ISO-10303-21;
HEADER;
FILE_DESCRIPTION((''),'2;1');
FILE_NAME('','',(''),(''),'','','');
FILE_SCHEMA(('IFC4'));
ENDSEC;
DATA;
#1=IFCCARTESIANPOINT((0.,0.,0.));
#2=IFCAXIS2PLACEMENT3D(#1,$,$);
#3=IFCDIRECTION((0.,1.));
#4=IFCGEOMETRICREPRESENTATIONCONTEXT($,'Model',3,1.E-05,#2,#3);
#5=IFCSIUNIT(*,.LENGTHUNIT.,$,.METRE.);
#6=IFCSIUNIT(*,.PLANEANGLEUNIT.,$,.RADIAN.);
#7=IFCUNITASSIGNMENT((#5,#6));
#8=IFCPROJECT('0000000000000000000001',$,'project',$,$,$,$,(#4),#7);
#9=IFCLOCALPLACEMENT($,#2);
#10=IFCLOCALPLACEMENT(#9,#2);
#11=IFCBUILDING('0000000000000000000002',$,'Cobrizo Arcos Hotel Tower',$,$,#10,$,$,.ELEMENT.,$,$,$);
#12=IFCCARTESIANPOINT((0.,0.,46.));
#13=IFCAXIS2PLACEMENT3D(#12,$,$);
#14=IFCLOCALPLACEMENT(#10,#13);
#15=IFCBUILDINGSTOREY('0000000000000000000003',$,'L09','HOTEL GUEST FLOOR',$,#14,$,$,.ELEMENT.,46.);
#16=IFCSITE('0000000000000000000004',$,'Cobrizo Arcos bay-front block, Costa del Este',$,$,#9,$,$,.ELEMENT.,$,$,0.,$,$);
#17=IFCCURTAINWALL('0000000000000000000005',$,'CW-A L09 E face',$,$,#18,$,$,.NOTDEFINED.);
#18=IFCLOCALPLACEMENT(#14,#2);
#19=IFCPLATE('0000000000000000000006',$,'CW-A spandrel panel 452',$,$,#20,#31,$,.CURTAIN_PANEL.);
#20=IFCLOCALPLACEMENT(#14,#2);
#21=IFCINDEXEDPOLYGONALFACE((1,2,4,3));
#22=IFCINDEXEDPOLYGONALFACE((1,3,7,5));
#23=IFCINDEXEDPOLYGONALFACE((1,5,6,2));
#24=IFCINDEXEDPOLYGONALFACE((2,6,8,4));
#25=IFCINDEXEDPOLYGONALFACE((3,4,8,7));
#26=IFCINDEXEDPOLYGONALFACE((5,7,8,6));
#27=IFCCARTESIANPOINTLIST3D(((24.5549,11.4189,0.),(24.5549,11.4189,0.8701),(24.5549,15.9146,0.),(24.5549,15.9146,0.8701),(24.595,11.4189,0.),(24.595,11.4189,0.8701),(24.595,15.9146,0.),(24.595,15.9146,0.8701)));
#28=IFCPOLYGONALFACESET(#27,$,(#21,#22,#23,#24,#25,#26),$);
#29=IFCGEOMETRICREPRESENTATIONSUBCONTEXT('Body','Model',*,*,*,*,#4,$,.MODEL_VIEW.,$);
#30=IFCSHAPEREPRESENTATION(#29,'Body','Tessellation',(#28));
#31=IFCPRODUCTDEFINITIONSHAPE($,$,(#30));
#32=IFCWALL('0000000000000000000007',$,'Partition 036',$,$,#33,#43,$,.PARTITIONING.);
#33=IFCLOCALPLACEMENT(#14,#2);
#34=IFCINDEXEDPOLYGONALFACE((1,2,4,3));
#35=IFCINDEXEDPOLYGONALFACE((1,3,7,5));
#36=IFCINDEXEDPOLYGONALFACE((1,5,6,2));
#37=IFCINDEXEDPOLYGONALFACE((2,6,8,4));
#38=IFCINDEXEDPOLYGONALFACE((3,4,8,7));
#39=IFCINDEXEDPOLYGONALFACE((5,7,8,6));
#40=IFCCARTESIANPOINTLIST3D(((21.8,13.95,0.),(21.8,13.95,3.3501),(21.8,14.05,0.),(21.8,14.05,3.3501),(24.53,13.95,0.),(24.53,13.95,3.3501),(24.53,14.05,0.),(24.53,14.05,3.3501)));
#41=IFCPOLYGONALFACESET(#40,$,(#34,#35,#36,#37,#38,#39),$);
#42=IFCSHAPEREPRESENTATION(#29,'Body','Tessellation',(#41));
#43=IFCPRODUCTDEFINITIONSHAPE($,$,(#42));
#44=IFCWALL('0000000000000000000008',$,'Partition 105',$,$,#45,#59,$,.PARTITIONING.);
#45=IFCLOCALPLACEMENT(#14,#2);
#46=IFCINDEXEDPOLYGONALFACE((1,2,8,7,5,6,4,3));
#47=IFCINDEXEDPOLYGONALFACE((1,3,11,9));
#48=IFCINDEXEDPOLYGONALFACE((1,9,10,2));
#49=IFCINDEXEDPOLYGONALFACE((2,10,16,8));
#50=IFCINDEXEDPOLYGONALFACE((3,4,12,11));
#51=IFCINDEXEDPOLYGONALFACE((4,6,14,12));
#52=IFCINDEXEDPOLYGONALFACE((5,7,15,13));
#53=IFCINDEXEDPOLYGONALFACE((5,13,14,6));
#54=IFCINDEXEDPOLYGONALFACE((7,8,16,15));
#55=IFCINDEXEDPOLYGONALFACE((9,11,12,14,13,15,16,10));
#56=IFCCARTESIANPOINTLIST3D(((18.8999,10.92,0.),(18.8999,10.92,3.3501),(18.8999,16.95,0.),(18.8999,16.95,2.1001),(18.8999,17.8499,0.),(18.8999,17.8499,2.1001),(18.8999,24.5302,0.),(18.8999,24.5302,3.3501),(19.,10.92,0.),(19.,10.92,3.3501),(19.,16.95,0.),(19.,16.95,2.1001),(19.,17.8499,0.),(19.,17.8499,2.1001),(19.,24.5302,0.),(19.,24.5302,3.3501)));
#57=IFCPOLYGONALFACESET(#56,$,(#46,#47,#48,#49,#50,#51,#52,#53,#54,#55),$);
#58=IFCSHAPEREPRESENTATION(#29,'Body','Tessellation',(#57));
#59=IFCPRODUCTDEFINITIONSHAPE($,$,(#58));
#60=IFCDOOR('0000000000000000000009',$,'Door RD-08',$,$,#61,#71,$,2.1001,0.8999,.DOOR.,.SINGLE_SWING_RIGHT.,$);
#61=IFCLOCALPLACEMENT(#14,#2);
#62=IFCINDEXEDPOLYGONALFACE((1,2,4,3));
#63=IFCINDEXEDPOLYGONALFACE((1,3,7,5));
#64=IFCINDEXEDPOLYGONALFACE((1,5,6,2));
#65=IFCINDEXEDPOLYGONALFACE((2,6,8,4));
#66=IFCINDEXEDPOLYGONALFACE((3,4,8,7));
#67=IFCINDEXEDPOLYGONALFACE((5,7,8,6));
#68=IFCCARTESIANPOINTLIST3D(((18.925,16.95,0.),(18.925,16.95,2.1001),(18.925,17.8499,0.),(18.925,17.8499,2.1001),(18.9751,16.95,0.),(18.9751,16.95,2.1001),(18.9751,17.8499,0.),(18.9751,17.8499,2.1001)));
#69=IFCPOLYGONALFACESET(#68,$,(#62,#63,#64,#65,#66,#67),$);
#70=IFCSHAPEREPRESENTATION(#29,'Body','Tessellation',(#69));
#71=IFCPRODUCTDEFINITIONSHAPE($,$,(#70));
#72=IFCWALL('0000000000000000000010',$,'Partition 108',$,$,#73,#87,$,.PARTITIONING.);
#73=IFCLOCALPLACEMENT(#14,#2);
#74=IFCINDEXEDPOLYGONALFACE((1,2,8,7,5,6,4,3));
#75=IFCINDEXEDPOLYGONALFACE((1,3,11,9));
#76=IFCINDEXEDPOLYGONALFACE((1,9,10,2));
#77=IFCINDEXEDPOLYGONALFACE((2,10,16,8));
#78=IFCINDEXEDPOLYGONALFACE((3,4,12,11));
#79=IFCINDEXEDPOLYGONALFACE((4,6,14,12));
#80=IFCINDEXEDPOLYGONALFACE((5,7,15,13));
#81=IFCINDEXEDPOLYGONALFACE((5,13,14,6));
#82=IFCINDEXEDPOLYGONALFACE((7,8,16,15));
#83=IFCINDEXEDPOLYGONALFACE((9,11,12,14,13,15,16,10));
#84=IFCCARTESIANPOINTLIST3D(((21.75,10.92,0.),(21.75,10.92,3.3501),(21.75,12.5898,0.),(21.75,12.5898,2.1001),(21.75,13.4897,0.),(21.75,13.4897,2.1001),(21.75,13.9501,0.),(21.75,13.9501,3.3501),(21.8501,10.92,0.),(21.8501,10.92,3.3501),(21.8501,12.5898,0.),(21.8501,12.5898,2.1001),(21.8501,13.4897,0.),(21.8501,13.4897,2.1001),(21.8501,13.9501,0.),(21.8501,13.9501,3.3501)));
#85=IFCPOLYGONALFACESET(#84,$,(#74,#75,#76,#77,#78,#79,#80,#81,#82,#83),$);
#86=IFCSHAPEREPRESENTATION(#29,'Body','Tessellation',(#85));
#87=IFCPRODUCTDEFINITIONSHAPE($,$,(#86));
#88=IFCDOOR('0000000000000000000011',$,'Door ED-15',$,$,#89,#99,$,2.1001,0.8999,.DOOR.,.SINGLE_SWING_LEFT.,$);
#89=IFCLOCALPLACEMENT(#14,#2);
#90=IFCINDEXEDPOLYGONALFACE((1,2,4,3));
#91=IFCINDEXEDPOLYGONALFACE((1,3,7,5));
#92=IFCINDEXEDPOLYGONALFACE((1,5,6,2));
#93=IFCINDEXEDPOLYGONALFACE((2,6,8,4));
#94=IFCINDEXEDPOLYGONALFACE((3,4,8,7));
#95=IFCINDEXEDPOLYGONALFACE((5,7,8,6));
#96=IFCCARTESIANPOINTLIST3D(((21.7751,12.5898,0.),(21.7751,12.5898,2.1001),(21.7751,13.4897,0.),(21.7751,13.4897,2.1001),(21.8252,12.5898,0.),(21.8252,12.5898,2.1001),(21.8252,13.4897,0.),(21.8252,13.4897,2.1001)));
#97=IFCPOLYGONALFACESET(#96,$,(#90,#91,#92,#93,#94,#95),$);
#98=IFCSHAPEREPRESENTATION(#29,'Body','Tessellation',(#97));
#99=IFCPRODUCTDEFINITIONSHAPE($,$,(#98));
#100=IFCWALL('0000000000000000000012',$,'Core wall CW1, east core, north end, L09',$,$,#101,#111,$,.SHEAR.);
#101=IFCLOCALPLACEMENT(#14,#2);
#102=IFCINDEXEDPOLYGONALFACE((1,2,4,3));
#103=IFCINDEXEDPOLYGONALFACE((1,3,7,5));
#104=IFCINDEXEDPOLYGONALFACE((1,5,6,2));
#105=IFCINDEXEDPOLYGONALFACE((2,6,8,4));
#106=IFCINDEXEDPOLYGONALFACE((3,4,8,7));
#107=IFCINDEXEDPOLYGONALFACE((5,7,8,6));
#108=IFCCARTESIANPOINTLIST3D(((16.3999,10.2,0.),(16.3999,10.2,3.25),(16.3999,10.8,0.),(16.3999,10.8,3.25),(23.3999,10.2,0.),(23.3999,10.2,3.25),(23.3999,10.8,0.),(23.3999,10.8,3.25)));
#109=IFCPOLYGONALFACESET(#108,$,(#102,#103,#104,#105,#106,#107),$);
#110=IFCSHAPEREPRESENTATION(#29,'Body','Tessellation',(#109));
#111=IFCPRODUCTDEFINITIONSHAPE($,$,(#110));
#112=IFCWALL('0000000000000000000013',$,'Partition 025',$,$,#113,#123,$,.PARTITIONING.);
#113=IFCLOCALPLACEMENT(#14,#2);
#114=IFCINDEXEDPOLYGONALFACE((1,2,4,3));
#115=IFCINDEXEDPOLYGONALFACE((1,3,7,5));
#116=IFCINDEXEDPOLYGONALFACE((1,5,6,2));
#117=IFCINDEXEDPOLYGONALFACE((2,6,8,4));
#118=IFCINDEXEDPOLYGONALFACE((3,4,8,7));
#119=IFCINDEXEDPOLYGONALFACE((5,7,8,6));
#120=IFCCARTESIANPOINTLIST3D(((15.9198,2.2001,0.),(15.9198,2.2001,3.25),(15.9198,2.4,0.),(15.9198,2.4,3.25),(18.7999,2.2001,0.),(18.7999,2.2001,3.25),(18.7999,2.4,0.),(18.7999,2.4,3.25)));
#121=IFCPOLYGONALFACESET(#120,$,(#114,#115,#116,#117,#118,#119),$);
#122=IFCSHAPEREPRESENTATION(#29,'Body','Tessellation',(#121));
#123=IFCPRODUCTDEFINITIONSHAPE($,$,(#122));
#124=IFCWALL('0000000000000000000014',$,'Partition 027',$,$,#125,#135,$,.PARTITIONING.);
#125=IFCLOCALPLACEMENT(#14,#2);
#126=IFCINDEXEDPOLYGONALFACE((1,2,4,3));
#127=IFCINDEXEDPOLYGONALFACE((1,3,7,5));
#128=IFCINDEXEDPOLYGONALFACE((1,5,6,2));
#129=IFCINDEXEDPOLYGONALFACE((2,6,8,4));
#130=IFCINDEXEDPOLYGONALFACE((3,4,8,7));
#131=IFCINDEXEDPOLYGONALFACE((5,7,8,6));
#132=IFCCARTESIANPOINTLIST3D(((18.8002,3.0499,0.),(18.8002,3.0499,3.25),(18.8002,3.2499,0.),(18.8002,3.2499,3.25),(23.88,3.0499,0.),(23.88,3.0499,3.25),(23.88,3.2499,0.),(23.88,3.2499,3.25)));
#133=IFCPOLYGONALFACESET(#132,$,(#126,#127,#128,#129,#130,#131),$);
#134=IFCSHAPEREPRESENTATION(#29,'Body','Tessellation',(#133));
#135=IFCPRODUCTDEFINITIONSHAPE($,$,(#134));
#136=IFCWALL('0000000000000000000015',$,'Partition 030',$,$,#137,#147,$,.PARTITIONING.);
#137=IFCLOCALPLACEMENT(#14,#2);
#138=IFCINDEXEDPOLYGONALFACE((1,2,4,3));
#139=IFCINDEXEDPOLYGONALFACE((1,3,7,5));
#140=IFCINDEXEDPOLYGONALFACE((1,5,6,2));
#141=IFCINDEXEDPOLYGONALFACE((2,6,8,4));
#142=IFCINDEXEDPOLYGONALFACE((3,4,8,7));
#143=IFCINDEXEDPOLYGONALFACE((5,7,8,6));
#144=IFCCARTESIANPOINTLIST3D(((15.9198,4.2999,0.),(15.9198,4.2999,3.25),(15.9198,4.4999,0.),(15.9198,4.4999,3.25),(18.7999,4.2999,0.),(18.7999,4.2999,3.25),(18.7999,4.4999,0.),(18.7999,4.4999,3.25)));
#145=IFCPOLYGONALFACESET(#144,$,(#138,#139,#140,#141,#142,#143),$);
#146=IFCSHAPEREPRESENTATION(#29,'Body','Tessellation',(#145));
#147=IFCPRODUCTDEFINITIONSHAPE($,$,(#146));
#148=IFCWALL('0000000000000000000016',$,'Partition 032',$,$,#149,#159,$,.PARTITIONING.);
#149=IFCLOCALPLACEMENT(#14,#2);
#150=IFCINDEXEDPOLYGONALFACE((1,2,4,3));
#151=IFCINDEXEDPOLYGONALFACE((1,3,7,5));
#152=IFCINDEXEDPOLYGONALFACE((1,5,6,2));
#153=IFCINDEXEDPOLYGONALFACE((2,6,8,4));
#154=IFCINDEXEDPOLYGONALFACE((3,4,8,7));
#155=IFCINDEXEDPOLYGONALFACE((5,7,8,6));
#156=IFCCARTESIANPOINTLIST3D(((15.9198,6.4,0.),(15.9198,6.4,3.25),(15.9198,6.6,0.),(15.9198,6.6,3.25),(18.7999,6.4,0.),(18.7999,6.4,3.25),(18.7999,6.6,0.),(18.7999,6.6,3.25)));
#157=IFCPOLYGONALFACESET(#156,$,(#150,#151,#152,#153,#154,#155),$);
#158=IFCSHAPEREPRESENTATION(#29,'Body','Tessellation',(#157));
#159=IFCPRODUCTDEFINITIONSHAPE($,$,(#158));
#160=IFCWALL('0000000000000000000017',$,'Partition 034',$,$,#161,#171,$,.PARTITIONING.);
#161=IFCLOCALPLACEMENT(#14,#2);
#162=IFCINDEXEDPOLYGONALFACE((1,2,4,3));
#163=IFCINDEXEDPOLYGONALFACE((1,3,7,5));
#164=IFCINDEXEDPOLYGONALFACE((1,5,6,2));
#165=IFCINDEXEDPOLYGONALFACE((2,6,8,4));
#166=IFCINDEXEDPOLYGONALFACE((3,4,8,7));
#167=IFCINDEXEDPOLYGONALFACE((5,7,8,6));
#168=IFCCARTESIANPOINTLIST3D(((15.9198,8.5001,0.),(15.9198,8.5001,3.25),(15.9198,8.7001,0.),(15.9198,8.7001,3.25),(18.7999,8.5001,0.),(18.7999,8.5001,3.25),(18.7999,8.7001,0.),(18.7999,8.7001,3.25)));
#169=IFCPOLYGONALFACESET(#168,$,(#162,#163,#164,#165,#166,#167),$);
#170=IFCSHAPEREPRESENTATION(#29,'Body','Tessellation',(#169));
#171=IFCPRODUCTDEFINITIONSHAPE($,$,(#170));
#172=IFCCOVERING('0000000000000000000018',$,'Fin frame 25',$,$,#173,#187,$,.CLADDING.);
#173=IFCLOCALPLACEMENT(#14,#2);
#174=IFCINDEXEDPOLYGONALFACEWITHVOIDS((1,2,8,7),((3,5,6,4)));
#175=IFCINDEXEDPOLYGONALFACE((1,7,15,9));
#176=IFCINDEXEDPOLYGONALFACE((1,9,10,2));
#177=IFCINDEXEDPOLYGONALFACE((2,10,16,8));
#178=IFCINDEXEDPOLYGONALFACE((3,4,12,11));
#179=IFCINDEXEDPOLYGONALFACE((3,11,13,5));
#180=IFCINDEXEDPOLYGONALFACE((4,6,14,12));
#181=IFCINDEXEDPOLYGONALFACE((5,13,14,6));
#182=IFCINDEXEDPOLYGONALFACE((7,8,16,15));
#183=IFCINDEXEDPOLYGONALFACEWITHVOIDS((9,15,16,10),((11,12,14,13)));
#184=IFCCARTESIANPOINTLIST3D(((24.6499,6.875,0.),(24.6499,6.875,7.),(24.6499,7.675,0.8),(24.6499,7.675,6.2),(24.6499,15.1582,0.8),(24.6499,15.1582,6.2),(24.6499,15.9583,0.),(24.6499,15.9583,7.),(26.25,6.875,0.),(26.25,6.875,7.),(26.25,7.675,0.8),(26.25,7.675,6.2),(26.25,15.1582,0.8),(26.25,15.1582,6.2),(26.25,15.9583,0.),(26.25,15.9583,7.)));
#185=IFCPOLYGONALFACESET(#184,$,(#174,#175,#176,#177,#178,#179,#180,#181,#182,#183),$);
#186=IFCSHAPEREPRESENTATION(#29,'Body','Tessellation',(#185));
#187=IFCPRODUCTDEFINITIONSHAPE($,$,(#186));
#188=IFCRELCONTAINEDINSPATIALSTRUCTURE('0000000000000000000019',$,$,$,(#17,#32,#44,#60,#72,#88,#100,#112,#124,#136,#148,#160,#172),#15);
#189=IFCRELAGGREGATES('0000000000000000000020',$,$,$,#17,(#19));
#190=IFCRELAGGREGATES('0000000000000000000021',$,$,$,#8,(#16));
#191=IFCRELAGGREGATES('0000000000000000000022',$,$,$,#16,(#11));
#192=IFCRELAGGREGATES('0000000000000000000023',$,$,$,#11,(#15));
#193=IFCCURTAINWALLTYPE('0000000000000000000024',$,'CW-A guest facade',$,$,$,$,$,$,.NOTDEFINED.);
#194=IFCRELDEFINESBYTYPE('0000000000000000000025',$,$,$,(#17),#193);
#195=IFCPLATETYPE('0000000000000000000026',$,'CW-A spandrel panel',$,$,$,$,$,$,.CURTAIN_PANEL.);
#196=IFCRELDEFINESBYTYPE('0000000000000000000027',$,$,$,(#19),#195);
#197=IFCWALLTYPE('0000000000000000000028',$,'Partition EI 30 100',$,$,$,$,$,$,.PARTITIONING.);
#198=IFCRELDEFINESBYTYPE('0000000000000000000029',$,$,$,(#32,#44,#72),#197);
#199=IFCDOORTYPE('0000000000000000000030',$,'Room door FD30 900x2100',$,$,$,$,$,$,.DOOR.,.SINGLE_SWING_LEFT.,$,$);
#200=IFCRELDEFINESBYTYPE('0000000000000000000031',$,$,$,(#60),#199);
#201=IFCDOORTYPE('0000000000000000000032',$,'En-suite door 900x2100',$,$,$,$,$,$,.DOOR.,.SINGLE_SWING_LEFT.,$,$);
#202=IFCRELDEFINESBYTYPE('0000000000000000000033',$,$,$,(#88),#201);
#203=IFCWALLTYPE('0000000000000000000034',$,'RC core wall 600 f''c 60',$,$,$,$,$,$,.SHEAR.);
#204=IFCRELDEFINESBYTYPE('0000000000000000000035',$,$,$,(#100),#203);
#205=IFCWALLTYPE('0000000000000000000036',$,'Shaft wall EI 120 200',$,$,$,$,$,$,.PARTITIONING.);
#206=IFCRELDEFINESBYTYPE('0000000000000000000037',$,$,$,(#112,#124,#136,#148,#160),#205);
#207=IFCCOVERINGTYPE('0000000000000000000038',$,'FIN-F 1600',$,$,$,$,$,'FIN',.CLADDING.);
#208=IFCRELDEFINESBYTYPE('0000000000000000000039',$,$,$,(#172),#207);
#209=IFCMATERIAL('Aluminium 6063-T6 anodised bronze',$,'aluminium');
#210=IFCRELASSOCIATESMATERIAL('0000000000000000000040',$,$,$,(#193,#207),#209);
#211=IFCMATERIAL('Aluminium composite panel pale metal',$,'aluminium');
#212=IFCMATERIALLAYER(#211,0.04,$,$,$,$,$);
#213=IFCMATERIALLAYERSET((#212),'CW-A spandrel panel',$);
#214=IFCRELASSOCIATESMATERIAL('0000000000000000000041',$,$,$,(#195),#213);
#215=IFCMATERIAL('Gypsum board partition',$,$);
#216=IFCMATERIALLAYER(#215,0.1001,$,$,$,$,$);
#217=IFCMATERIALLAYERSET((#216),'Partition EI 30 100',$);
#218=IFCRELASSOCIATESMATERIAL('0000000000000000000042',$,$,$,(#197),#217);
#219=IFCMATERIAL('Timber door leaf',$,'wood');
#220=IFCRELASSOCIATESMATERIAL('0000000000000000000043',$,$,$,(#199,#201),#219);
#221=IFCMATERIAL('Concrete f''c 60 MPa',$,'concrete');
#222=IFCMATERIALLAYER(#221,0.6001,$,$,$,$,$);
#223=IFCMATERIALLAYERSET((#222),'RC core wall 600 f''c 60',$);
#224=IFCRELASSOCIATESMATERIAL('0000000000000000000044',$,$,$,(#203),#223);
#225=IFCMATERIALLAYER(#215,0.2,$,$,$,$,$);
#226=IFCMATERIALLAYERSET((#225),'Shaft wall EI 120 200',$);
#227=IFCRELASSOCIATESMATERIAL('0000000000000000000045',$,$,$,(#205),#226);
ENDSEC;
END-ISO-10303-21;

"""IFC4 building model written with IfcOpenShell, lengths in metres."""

from ifc_helpers import new_model, si_unit, direction, frame, frame_2d, origin, origin_2d, place, context, subcontext, project, spatial, polyline, rectangle, outline, extrude, material, layer, layer_set, type_object, element, fill, aggregate, save


model = new_model("IFC4")

# Units and contexts
model_context = context("Model", 3, precision=1e-05, world=origin(), true_north=direction((0.0, 1.0)))
body_context = subcontext(model_context, "Body", "Model", "MODEL_VIEW")
ifc_project = project(units=[si_unit("LENGTHUNIT", "METRE"), si_unit("PLANEANGLEUNIT", "RADIAN")], contexts=[model_context])

# Site, building, storey
site_placement = place(None, origin())
site = spatial("IfcSite", under=ifc_project, at=site_placement, Name="Cobrizo Arcos bay-front block, Costa del Este", CompositionType="ELEMENT", RefElevation=0.0)
building_placement = place(site_placement, origin())
building = spatial("IfcBuilding", under=site, at=building_placement, Name="Cobrizo Arcos Hotel Tower", CompositionType="ELEMENT")
storey_placement = place(building_placement, frame((0.0, 0.0, 46.0)))
storey = spatial("IfcBuildingStorey", under=building, at=storey_placement, Name="L09", Description="HOTEL GUEST FLOOR", CompositionType="ELEMENT", Elevation=46.0)

# Curtain wall
ifc_material_1 = material(Name="Aluminium 6063-T6 anodised bronze", Category="aluminium")
curtain_wall_type = type_object("IfcCurtainWallType", Name="CW-A guest facade", PredefinedType="NOTDEFINED", material=ifc_material_1)
curtain_wall_placement = place(storey_placement, origin())
curtain_wall = element("IfcCurtainWall", 1, at=curtain_wall_placement, inside=storey, type_object=curtain_wall_type, Name="CW-A L09 E face", PredefinedType="NOTDEFINED")

# Plate
ifc_material_2 = material(Name="Aluminium composite panel pale metal", Category="aluminium")
ifc_layer_1 = layer(ifc_material_2, 0.04)
ifc_layer_set_1 = layer_set([ifc_layer_1], Name="CW-A spandrel panel")
plate_type_1 = type_object("IfcPlateType", Name="CW-A spandrel panel", PredefinedType="CURTAIN_PANEL", material=ifc_layer_set_1)
plate_1_placement = place(storey_placement, frame((24.575, 13.6667, 0.0), z_axis=(0.0, 0.0, 1.0), x_axis=(0.0, 1.0, 0.0)))
plate_1 = element("IfcPlate", 2, at=plate_1_placement, type_object=plate_type_1, Name="CW-A spandrel panel 452", PredefinedType="CURTAIN_PANEL", context=body_context, shape_type="SweptSolid", body=[
    extrude(rectangle(XDim=4.4956, YDim=0.04, at=origin_2d()), origin(), (0.0, 0.0, 1.0), 0.8701),
])
aggregate(curtain_wall, [plate_1])

# Wall
ifc_material_3 = material(Name="Gypsum board partition")
ifc_layer_2 = layer(ifc_material_3, 0.1001)
ifc_layer_set_2 = layer_set([ifc_layer_2], Name="Partition EI 30 100")
wall_type_1 = type_object("IfcWallType", Name="Partition EI 30 100", PredefinedType="PARTITIONING", material=ifc_layer_set_2)
wall_1_placement = place(storey_placement, frame((21.8, 14.0, 0.0), z_axis=(0.0, 0.0, 1.0), x_axis=(1.0, 0.0, 0.0)))
element("IfcWall", 3, at=wall_1_placement, inside=storey, type_object=wall_type_1, Name="Partition 036", PredefinedType="PARTITIONING", context=body_context, shape_type="SweptSolid", body=[
    extrude(rectangle(XDim=2.73, YDim=0.1001, at=frame_2d((1.365, 0.0))), origin(), (0.0, 0.0, 1.0), 3.3501),
])

# Walls, openings, doors
wall_2_placement = place(storey_placement, frame((18.95, 10.9199, 0.0), z_axis=(0.0, 0.0, 1.0), x_axis=(0.0, 1.0, 0.0)))
wall_2 = element("IfcWall", 4, at=wall_2_placement, inside=storey, type_object=wall_type_1, Name="Partition 105", PredefinedType="PARTITIONING", context=body_context, shape_type="SweptSolid", body=[
    extrude(rectangle(XDim=13.6101, YDim=0.1001, at=frame_2d((6.8052, 0.0))), origin(), (0.0, 0.0, 1.0), 3.3501),
])
opening_1_placement = place(wall_2_placement, frame((6.03, 0.0, 0.0)))
opening_1 = element("IfcOpeningElement", 5, at=opening_1_placement, cuts=wall_2, PredefinedType="OPENING", context=body_context, shape_type="SweptSolid", body=[
    extrude(rectangle(XDim=0.8999, YDim=2.1001, at=frame_2d((0.45, 1.05))), frame((0.0, 0.062, 0.0), z_axis=(0.0, -1.0, 0.0), x_axis=(1.0, 0.0, 0.0)), (0.0, 0.0, 1.0), 0.124),
])
ifc_material_4 = material(Name="Timber door leaf", Category="wood")
door_type_1 = type_object("IfcDoorType", Name="Room door FD30 900x2100", OperationType="SINGLE_SWING_LEFT", PredefinedType="DOOR", material=ifc_material_4)
door_1_placement = place(opening_1_placement, origin())
door_1 = element("IfcDoor", 6, at=door_1_placement, inside=storey, type_object=door_type_1, Name="Door RD-08", OperationType="SINGLE_SWING_RIGHT", OverallHeight=2.1001, OverallWidth=0.8999, PredefinedType="DOOR", context=body_context, shape_type="SweptSolid", body=[
    extrude(rectangle(XDim=0.8999, YDim=2.1001, at=frame_2d((0.45, 1.05))), frame((0.0, 0.0249, 0.0), z_axis=(0.0, -1.0, 0.0), x_axis=(1.0, 0.0, 0.0)), (0.0, 0.0, 1.0), 0.05),
])
fill(opening_1, door_1)
wall_3_placement = place(storey_placement, frame((21.8, 10.9199, 0.0), z_axis=(0.0, 0.0, 1.0), x_axis=(0.0, 1.0, 0.0)))
wall_3 = element("IfcWall", 7, at=wall_3_placement, inside=storey, type_object=wall_type_1, Name="Partition 108", PredefinedType="PARTITIONING", context=body_context, shape_type="SweptSolid", body=[
    extrude(rectangle(XDim=3.03, YDim=0.1001, at=frame_2d((1.5151, 0.0))), origin(), (0.0, 0.0, 1.0), 3.3501),
])
opening_2_placement = place(wall_3_placement, frame((1.6699, 0.0, 0.0)))
opening_2 = element("IfcOpeningElement", 8, at=opening_2_placement, cuts=wall_3, PredefinedType="OPENING", context=body_context, shape_type="SweptSolid", body=[
    extrude(rectangle(XDim=0.8999, YDim=2.1001, at=frame_2d((0.45, 1.05))), frame((0.0, 0.062, 0.0), z_axis=(0.0, -1.0, 0.0), x_axis=(1.0, 0.0, 0.0)), (0.0, 0.0, 1.0), 0.124),
])
door_type_2 = type_object("IfcDoorType", Name="En-suite door 900x2100", OperationType="SINGLE_SWING_LEFT", PredefinedType="DOOR", material=ifc_material_4)
door_2_placement = place(opening_2_placement, origin())
door_2 = element("IfcDoor", 9, at=door_2_placement, inside=storey, type_object=door_type_2, Name="Door ED-15", OperationType="SINGLE_SWING_LEFT", OverallHeight=2.1001, OverallWidth=0.8999, PredefinedType="DOOR", context=body_context, shape_type="SweptSolid", body=[
    extrude(rectangle(XDim=0.8999, YDim=2.1001, at=frame_2d((0.45, 1.05))), frame((0.0, 0.0249, 0.0), z_axis=(0.0, -1.0, 0.0), x_axis=(1.0, 0.0, 0.0)), (0.0, 0.0, 1.0), 0.05),
])
fill(opening_2, door_2)

# Walls
ifc_material_5 = material(Name="Concrete f'c 60 MPa", Category="concrete")
ifc_layer_3 = layer(ifc_material_5, 0.6001)
ifc_layer_set_3 = layer_set([ifc_layer_3], Name="RC core wall 600 f'c 60")
wall_type_2 = type_object("IfcWallType", Name="RC core wall 600 f'c 60", PredefinedType="SHEAR", material=ifc_layer_set_3)
wall_4_placement = place(storey_placement, frame((16.3999, 10.5, 0.0), z_axis=(0.0, 0.0, 1.0), x_axis=(1.0, 0.0, 0.0)))
element("IfcWall", 10, at=wall_4_placement, inside=storey, type_object=wall_type_2, Name="Core wall CW1, east core, north end, L09", PredefinedType="SHEAR", context=body_context, shape_type="SweptSolid", body=[
    extrude(rectangle(XDim=7.0, YDim=0.6001, at=frame_2d((3.5, 0.0))), origin(), (0.0, 0.0, 1.0), 3.25),
])
ifc_layer_4 = layer(ifc_material_3, 0.2)
ifc_layer_set_4 = layer_set([ifc_layer_4], Name="Shaft wall EI 120 200")
wall_type_3 = type_object("IfcWallType", Name="Shaft wall EI 120 200", PredefinedType="PARTITIONING", material=ifc_layer_set_4)
wall_5_placement = place(storey_placement, frame((15.9199, 2.3, 0.0), z_axis=(0.0, 0.0, 1.0), x_axis=(1.0, 0.0, 0.0)))
element("IfcWall", 11, at=wall_5_placement, inside=storey, type_object=wall_type_3, Name="Partition 025", PredefinedType="PARTITIONING", context=body_context, shape_type="SweptSolid", body=[
    extrude(rectangle(XDim=2.8801, YDim=0.2, at=frame_2d((1.4399, 0.0))), origin(), (0.0, 0.0, 1.0), 3.25),
])
wall_6_placement = place(storey_placement, frame((18.8, 3.1499, 0.0), z_axis=(0.0, 0.0, 1.0), x_axis=(1.0, 0.0, 0.0)))
element("IfcWall", 12, at=wall_6_placement, inside=storey, type_object=wall_type_3, Name="Partition 027", PredefinedType="PARTITIONING", context=body_context, shape_type="SweptSolid", body=[
    extrude(rectangle(XDim=5.0798, YDim=0.2, at=frame_2d((2.54, 0.0))), origin(), (0.0, 0.0, 1.0), 3.25),
])
for number, where, z_axis, x_axis, name in (
    (13, (15.9199, 4.3999, 0.0), (0.0, 0.0, 1.0), (1.0, 0.0, 0.0), "Partition 030"),
    (14, (15.9199, 6.5, 0.0), (0.0, 0.0, 1.0), (1.0, 0.0, 0.0), "Partition 032"),
    (15, (15.9199, 8.6001, 0.0), (0.0, 0.0, 1.0), (1.0, 0.0, 0.0), "Partition 034"),
):
    element("IfcWall", number, at=place(storey_placement, frame(where, z_axis=z_axis, x_axis=x_axis)), inside=storey, type_object=wall_type_3, Name=name, PredefinedType="PARTITIONING", context=body_context, shape_type="SweptSolid", body=[
        extrude(rectangle(XDim=2.8801, YDim=0.2, at=frame_2d((1.4399, 0.0))), origin(), (0.0, 0.0, 1.0), 3.25),
    ])

# Covering
covering_type_1 = type_object("IfcCoveringType", Name="FIN-F 1600", ElementType="FIN", PredefinedType="CLADDING", material=ifc_material_1)
covering_placement = place(storey_placement, frame((24.6499, 6.875, 0.0), z_axis=(1.0, 0.0, 0.0), x_axis=(0.0, 1.0, 0.0)))
element("IfcCovering", 16, at=covering_placement, inside=storey, type_object=covering_type_1, Name="Fin frame 25", PredefinedType="CLADDING", context=body_context, shape_type="SweptSolid", body=[
    extrude(outline(polyline([(0.0, 7.0), (0.0, 0.0), (9.0833, 0.0), (9.0833, 7.0), (0.0, 7.0)]), holes=[polyline([(8.2832, 0.8), (0.8, 0.8), (0.8, 6.2), (8.2832, 6.2), (8.2832, 0.8)])]), origin(), (0.0, 0.0, 1.0), 1.6001),
])

save(model, "model.ifc")
